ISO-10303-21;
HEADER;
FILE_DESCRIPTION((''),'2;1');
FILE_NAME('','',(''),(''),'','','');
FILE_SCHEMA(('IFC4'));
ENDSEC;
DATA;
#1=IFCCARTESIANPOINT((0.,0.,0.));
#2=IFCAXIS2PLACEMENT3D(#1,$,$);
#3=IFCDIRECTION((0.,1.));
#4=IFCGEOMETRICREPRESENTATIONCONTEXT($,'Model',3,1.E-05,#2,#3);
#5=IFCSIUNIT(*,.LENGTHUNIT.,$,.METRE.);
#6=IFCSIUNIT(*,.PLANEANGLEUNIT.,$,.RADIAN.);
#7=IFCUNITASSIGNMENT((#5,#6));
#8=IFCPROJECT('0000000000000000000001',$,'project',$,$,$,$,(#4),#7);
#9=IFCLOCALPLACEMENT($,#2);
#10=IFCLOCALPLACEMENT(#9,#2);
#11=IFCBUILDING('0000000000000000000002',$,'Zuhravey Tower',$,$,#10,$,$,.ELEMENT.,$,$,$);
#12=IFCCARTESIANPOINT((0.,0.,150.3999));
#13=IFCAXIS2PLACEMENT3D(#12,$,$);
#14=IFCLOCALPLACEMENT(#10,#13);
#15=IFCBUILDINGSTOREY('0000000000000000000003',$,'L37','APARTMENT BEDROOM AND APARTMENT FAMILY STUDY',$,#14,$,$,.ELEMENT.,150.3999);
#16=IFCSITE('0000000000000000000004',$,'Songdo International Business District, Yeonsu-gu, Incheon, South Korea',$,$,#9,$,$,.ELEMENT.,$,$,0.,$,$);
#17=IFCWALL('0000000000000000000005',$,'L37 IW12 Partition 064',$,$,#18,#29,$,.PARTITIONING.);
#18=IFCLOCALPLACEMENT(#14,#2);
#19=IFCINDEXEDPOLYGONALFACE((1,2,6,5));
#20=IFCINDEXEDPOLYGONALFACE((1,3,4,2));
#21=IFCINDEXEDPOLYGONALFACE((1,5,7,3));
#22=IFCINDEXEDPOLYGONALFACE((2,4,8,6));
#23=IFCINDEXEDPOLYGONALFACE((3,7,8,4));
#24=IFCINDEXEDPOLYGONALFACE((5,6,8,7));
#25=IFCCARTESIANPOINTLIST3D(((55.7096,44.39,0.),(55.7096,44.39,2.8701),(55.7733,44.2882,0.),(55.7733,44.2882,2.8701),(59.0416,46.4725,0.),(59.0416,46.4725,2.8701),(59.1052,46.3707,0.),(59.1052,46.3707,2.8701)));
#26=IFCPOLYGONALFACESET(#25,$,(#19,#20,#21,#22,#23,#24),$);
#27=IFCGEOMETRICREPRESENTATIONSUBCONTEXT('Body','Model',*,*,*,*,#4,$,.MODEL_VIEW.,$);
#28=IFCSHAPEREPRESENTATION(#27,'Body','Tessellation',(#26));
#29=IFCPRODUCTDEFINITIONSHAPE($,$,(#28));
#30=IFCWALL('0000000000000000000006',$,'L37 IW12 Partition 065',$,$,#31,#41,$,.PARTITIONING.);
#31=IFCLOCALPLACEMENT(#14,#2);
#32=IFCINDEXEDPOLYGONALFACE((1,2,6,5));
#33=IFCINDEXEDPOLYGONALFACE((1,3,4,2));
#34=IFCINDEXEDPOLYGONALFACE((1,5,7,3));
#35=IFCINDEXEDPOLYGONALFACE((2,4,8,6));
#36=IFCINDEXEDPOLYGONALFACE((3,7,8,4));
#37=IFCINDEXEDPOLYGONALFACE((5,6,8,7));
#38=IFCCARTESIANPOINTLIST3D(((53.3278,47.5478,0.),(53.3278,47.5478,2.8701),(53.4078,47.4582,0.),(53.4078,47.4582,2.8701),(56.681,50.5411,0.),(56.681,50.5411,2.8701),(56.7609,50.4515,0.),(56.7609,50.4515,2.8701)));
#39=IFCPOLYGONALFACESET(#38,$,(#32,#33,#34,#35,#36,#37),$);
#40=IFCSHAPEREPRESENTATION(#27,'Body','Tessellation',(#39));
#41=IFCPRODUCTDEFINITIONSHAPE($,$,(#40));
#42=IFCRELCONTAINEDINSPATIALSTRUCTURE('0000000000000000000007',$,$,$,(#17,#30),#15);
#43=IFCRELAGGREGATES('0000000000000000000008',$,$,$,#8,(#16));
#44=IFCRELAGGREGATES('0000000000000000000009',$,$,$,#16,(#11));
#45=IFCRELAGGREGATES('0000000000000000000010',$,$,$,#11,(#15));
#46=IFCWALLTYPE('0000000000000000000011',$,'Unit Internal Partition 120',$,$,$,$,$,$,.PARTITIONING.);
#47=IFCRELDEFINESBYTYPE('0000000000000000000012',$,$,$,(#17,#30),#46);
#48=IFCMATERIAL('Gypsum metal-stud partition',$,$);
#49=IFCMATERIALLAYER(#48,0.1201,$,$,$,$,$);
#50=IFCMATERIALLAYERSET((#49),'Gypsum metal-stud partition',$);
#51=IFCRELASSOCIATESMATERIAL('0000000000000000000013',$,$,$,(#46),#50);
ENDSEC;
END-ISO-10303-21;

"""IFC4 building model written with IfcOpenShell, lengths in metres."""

from ifc_helpers import new_model, si_unit, direction, frame, frame_2d, origin, place, context, subcontext, project, spatial, rectangle, extrude, material, layer, layer_set, type_object, element, save


model = new_model("IFC4")

# Units and contexts
model_context = context("Model", 3, precision=1e-05, world=origin(), true_north=direction((0.0, 1.0)))
body_context = subcontext(model_context, "Body", "Model", "MODEL_VIEW")
ifc_project = project(units=[si_unit("LENGTHUNIT", "METRE"), si_unit("PLANEANGLEUNIT", "RADIAN")], contexts=[model_context])

# Site, building, storey
site_placement = place(None, origin())
site = spatial("IfcSite", under=ifc_project, at=site_placement, Name="Songdo International Business District, Yeonsu-gu, Incheon, South Korea", CompositionType="ELEMENT", RefElevation=0.0)
building_placement = place(site_placement, origin())
building = spatial("IfcBuilding", under=site, at=building_placement, Name="Zuhravey Tower", CompositionType="ELEMENT")
storey_placement = place(building_placement, frame((0.0, 0.0, 150.3999)))
storey = spatial("IfcBuildingStorey", under=building, at=storey_placement, Name="L37", Description="APARTMENT BEDROOM AND APARTMENT FAMILY STUDY", CompositionType="ELEMENT", Elevation=150.3999)

# Shared definitions
ifc_material_1 = material(Name="Gypsum metal-stud partition")
ifc_layer_1 = layer(ifc_material_1, 0.1201)
ifc_layer_set_1 = layer_set([ifc_layer_1], Name="Gypsum metal-stud partition")
wall_type_1 = type_object("IfcWallType", Name="Unit Internal Partition 120", PredefinedType="PARTITIONING", material=ifc_layer_set_1)

# Walls
wall_1_placement = place(storey_placement, frame((55.7415, 44.3391, 0.0), z_axis=(0.0, 0.0, 1.0), x_axis=(0.847998, 0.529999, 0.0)))
element("IfcWall", 1, at=wall_1_placement, inside=storey, type_object=wall_type_1, Name="L37 IW12 Partition 064", PredefinedType="PARTITIONING", context=body_context, shape_type="SweptSolid", body=[
    extrude(rectangle(XDim=3.9292, YDim=0.1201, at=frame_2d((1.9646, 0.0))), origin(), (0.0, 0.0, 1.0), 2.8701),
])
wall_2_placement = place(storey_placement, frame((53.3677, 47.5029, 0.0), z_axis=(0.0, 0.0, 1.0), x_axis=(0.746002, 0.665943, 0.0)))
element("IfcWall", 2, at=wall_2_placement, inside=storey, type_object=wall_type_1, Name="L37 IW12 Partition 065", PredefinedType="PARTITIONING", context=body_context, shape_type="SweptSolid", body=[
    extrude(rectangle(XDim=4.4949, YDim=0.1201, at=frame_2d((2.2476, 0.0))), origin(), (0.0, 0.0, 1.0), 2.8701),
])

save(model, "model.ifc")
